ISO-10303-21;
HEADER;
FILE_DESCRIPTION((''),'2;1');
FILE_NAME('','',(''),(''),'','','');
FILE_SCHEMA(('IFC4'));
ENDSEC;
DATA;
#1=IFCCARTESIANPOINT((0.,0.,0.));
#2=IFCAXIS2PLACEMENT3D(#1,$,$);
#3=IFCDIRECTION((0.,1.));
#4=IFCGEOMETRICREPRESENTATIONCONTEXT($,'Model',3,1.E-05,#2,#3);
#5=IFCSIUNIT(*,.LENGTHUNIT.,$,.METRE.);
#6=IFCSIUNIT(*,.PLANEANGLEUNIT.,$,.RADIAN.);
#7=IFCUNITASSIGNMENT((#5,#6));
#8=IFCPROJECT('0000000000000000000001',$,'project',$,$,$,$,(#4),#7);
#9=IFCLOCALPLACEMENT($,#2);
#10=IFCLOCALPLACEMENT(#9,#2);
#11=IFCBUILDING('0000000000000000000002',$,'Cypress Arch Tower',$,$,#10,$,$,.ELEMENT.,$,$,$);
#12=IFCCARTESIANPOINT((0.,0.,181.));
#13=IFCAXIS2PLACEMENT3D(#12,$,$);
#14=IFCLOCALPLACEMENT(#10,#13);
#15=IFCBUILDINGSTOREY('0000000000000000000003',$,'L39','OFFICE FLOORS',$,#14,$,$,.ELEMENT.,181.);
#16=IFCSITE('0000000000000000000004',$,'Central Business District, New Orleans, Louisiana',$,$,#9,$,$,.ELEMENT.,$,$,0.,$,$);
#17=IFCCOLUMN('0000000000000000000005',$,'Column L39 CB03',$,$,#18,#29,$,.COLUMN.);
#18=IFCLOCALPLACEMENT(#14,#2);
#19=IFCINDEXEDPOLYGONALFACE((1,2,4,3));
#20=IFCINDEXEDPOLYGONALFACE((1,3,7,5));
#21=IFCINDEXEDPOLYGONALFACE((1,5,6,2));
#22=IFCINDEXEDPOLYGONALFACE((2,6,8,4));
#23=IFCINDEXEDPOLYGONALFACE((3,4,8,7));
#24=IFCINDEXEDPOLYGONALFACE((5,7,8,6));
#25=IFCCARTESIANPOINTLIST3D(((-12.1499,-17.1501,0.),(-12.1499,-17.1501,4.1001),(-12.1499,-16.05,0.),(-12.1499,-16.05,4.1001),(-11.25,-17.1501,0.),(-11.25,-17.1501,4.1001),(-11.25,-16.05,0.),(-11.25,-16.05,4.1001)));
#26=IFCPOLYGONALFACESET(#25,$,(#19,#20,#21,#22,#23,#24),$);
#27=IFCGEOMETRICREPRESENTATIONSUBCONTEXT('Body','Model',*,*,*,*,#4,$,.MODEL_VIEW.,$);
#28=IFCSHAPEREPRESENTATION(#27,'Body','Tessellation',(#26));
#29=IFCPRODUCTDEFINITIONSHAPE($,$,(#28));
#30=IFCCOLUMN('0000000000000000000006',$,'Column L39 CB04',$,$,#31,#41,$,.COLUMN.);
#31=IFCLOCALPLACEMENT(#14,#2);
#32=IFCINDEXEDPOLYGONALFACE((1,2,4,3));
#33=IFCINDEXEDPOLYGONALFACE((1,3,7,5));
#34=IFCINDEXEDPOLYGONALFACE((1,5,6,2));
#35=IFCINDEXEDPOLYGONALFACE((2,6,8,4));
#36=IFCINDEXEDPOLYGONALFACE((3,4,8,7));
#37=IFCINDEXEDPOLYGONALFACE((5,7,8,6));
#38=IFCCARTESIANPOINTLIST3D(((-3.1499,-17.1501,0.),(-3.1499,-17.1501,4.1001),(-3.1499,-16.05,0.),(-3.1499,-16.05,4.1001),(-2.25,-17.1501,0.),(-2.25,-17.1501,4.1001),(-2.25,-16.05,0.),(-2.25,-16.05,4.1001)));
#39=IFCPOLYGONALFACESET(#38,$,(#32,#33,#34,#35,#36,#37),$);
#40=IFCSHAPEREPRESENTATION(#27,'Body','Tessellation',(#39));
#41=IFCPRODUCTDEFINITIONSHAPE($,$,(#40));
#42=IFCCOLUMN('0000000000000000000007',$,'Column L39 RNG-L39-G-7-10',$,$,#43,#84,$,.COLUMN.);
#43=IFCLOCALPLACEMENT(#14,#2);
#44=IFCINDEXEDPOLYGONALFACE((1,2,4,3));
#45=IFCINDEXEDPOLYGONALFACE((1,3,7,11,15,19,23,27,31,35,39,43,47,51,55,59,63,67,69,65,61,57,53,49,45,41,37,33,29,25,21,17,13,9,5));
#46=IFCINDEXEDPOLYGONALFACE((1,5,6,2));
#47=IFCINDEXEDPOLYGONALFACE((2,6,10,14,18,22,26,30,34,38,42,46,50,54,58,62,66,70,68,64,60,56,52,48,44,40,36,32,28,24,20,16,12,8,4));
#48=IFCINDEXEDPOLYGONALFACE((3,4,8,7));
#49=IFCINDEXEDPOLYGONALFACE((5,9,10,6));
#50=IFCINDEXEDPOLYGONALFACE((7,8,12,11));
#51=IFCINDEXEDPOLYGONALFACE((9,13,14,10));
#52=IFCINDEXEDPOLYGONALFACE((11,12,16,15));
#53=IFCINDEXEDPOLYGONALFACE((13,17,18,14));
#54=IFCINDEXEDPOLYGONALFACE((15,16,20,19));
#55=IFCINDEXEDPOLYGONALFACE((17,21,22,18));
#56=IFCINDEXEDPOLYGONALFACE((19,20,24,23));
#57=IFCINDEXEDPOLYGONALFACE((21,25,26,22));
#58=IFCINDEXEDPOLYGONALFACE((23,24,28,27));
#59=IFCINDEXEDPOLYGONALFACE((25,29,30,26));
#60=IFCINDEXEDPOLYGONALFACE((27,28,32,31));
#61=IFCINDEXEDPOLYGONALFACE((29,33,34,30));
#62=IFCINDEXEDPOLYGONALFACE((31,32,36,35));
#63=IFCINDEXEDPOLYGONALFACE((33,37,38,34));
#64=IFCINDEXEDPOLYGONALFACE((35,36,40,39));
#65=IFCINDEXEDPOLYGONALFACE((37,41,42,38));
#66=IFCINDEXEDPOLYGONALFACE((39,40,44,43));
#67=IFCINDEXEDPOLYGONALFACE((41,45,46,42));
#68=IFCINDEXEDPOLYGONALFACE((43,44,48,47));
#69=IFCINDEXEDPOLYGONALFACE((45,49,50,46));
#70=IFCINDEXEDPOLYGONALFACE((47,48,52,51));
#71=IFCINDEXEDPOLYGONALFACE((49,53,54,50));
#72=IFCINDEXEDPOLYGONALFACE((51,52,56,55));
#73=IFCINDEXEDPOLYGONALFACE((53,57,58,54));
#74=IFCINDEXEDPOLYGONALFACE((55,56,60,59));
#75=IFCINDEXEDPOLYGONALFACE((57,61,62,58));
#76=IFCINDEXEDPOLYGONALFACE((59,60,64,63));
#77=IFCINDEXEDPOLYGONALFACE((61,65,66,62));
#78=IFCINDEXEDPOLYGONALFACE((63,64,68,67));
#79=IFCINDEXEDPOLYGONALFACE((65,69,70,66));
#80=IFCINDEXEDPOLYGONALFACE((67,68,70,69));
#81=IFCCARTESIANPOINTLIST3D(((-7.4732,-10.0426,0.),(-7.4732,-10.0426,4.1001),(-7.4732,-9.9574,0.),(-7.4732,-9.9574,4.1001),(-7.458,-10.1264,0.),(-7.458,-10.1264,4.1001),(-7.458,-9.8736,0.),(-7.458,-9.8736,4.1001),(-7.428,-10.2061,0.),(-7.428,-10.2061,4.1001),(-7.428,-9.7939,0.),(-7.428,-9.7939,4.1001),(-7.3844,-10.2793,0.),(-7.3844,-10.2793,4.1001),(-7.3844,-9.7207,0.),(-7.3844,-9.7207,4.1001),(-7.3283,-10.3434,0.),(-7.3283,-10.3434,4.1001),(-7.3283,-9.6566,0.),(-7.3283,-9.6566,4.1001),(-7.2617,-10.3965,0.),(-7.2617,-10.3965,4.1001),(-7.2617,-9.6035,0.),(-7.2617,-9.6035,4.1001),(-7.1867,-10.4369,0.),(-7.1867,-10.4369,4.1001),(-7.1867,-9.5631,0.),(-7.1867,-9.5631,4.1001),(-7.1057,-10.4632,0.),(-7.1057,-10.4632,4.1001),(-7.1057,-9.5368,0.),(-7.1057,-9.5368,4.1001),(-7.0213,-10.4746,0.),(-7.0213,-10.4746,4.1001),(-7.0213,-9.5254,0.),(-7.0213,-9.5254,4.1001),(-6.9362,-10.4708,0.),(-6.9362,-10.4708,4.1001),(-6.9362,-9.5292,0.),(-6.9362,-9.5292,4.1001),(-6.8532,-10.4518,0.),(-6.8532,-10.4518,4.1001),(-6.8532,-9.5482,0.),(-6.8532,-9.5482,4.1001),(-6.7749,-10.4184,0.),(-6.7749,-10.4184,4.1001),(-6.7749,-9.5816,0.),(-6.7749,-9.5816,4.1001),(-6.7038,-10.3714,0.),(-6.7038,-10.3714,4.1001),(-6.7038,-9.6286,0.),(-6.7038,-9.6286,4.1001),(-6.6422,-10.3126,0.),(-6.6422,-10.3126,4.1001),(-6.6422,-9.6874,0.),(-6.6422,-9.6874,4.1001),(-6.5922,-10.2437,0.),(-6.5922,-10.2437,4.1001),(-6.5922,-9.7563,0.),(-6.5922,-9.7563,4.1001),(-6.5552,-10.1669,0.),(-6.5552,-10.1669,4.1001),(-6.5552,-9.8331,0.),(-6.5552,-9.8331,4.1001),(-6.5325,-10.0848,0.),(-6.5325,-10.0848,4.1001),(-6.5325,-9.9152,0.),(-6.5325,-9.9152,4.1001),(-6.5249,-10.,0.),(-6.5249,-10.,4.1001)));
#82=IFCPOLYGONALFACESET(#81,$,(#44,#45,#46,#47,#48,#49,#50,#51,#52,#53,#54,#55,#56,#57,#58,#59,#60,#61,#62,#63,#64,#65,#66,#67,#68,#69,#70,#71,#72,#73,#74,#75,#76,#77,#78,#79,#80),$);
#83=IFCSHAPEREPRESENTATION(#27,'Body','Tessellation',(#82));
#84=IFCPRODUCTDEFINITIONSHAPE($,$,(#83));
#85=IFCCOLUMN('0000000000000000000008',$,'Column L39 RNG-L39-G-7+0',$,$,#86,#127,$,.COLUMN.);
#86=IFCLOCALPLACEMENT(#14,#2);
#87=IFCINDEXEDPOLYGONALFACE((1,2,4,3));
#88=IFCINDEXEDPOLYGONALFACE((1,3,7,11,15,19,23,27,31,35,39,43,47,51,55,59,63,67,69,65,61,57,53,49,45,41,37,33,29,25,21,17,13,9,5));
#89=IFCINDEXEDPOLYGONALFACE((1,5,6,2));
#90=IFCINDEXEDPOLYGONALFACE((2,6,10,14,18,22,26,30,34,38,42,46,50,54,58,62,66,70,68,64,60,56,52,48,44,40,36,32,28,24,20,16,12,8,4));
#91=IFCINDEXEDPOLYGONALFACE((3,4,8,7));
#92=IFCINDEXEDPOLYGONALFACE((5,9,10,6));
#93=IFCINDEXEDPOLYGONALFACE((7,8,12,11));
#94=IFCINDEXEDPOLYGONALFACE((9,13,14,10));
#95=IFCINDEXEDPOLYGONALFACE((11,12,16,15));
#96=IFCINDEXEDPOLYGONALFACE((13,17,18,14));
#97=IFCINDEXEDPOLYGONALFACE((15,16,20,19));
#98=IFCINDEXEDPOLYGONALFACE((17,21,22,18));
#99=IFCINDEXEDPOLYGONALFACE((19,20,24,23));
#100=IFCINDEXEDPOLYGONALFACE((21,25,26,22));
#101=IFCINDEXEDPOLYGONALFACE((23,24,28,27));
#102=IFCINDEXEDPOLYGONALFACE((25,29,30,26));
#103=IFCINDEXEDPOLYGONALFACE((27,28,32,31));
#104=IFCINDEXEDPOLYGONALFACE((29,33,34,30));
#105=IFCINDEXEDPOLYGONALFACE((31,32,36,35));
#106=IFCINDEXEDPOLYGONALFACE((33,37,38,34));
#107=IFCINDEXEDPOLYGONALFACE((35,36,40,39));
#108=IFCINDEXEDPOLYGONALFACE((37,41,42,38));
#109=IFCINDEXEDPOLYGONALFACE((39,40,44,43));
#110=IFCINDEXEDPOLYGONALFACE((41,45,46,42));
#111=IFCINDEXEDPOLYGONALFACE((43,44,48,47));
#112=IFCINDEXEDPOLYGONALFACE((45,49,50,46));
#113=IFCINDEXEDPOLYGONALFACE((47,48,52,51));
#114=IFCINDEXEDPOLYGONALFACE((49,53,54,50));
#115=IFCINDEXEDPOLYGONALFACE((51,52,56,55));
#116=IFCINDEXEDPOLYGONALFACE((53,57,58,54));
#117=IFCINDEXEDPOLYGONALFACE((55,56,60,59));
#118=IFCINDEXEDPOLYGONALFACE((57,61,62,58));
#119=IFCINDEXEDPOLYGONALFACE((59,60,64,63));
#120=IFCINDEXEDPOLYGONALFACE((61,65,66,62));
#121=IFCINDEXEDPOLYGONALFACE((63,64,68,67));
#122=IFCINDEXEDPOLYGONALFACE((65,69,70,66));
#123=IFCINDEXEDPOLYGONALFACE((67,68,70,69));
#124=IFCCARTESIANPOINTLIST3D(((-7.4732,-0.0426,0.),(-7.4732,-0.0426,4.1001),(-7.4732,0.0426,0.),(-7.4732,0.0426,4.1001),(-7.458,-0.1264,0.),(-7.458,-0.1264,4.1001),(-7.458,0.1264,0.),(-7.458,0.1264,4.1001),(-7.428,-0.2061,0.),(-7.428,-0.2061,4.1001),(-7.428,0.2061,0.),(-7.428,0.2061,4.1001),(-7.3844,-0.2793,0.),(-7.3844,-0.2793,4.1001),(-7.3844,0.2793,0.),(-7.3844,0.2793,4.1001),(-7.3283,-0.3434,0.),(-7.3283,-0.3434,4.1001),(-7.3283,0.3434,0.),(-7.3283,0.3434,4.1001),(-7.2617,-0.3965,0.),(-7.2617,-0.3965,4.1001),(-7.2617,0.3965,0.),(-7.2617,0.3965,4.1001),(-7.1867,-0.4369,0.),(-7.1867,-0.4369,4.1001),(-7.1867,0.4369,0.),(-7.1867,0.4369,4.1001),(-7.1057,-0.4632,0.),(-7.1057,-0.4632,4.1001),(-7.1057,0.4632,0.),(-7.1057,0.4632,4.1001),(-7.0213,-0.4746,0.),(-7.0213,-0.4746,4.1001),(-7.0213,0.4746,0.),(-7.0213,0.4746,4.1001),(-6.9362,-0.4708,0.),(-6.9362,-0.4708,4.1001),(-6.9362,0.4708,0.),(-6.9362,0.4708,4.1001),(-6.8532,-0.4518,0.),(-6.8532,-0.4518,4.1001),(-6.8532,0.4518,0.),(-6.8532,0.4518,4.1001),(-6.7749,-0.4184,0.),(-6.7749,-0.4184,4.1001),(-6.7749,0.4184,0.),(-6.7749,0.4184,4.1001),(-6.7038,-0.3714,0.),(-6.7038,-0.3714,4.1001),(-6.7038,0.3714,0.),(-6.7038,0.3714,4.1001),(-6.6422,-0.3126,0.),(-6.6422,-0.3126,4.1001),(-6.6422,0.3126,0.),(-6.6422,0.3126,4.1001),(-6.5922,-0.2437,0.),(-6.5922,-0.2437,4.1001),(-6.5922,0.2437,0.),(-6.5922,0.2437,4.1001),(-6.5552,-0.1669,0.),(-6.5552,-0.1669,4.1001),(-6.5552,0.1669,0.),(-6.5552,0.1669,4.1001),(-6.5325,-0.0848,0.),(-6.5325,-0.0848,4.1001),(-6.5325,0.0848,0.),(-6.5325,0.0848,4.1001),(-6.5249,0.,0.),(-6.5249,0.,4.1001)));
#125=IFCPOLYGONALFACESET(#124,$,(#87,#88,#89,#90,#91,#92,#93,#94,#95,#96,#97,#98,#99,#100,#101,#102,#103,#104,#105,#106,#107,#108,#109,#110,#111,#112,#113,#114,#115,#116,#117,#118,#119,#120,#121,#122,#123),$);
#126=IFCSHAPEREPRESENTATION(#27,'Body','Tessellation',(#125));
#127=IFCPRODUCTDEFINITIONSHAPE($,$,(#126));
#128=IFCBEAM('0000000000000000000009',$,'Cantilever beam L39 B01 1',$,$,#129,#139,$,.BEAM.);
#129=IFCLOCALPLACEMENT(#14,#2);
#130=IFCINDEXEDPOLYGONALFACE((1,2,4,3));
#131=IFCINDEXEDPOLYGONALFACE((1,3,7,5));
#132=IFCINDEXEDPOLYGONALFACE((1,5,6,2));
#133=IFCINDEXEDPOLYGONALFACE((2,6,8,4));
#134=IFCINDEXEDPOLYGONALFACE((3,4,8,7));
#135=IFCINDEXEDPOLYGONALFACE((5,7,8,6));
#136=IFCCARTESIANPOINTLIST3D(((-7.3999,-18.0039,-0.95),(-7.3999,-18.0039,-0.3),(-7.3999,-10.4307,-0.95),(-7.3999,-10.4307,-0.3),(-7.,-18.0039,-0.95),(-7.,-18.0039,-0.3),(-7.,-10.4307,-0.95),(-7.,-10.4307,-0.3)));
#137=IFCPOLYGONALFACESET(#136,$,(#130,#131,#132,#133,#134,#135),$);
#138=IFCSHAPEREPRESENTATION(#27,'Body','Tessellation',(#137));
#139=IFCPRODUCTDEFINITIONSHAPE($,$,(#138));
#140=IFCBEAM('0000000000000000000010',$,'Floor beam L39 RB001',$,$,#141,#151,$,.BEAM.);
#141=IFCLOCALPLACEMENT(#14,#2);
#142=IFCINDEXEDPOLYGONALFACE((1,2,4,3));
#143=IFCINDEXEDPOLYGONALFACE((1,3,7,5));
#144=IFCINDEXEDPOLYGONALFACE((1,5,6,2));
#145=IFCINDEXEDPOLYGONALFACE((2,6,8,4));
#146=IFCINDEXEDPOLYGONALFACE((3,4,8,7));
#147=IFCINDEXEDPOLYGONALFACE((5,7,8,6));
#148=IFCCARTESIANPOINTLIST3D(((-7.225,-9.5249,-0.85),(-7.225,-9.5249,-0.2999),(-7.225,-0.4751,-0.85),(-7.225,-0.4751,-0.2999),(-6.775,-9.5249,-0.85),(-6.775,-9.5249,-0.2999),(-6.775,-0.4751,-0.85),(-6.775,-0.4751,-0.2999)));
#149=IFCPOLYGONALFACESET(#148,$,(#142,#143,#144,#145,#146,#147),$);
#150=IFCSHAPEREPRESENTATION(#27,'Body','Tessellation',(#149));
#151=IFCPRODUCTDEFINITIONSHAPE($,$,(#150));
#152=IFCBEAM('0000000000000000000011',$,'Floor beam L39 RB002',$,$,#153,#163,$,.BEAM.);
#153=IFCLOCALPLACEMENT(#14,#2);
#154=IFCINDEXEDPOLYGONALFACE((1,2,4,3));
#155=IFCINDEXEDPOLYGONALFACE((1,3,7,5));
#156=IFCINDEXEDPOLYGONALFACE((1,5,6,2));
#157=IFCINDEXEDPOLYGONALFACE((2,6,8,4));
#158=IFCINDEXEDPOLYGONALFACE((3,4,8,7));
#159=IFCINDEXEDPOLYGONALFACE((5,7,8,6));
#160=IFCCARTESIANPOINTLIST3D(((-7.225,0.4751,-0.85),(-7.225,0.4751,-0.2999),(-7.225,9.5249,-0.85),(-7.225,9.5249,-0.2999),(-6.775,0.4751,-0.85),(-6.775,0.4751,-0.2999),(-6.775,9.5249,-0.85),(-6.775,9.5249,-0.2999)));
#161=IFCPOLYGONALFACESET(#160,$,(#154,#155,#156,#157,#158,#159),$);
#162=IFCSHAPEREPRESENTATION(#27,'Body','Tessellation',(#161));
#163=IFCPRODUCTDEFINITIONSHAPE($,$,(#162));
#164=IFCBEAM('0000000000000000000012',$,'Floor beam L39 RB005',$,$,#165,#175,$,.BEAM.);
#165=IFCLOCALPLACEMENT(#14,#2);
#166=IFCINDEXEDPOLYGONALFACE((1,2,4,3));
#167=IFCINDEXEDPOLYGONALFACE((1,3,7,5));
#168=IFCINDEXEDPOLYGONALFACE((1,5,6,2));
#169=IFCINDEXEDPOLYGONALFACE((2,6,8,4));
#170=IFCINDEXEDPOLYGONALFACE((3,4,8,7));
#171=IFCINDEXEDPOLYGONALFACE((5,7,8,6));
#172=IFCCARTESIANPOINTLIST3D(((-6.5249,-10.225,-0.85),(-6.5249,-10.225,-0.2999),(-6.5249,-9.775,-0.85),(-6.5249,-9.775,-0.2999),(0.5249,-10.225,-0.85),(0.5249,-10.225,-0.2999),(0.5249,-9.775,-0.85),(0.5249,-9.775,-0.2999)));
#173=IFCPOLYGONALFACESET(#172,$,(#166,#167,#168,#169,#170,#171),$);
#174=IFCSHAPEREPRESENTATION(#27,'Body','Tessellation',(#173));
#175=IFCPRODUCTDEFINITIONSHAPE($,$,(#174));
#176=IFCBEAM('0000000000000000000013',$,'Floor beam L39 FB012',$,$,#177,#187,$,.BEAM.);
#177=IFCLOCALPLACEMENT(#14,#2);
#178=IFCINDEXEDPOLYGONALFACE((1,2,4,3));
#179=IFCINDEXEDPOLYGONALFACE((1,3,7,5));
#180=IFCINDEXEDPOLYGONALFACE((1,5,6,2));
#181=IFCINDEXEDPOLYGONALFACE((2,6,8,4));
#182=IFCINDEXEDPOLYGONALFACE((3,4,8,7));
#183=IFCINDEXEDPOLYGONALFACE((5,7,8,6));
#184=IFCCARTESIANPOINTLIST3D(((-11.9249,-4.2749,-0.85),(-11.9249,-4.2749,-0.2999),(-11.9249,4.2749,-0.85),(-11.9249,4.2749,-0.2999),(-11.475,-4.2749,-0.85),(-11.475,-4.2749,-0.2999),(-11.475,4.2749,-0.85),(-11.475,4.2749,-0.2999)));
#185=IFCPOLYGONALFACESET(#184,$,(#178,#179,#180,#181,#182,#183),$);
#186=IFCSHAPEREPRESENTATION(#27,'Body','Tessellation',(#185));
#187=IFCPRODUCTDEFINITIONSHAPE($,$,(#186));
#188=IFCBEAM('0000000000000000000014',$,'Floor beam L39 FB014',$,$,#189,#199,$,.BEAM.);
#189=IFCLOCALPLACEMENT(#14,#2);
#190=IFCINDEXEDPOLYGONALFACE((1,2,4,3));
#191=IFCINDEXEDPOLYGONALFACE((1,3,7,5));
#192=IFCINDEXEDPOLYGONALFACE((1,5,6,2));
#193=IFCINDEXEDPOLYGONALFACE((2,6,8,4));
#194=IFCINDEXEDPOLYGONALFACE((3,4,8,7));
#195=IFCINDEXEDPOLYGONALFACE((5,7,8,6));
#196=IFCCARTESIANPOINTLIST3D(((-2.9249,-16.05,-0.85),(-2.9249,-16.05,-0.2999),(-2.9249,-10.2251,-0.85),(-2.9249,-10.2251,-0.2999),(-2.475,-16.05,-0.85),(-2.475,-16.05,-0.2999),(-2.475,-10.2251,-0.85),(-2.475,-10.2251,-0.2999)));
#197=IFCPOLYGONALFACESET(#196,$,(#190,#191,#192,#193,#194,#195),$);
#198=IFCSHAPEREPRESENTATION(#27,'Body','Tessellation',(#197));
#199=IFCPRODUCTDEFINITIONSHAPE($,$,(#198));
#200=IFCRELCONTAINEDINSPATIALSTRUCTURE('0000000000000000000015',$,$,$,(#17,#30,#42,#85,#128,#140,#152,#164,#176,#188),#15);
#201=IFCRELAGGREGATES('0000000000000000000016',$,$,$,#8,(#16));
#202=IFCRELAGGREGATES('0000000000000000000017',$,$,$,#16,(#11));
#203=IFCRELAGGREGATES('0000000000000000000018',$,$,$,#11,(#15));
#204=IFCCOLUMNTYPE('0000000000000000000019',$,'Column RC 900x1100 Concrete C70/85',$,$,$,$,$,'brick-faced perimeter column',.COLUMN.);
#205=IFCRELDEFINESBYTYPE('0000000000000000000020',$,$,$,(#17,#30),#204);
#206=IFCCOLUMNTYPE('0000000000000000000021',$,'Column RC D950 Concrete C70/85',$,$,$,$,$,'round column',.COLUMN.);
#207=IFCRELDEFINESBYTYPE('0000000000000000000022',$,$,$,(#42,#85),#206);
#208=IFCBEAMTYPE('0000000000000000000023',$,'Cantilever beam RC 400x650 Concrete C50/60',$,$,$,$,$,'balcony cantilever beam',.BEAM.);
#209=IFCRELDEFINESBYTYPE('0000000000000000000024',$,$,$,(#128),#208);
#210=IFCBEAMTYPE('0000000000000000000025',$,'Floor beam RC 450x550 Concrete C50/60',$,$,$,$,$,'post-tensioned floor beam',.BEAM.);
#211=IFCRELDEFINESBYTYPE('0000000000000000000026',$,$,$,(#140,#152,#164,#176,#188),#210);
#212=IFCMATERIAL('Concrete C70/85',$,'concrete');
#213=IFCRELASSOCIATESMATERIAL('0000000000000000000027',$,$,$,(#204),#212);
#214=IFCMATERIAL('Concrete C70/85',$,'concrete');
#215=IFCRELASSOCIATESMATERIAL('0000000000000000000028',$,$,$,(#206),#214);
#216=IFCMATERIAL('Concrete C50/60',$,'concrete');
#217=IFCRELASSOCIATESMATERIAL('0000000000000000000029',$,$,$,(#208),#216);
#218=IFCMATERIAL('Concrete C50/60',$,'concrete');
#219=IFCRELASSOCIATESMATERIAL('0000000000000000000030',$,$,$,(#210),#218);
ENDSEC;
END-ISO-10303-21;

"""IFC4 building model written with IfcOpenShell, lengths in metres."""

from ifc_helpers import new_model, si_unit, direction, frame, origin, origin_2d, place, context, subcontext, project, spatial, rectangle, circle, extrude, material, material_profile, profile_set, type_object, element, save


model = new_model("IFC4")

# Units and contexts
model_context = context("Model", 3, precision=1e-05, world=origin(), true_north=direction((0.0, 1.0)))
body_context = subcontext(model_context, "Body", "Model", "MODEL_VIEW")
ifc_project = project(units=[si_unit("LENGTHUNIT", "METRE"), si_unit("PLANEANGLEUNIT", "RADIAN")], contexts=[model_context])

# Site, building, storey
site_placement = place(None, origin())
site = spatial("IfcSite", under=ifc_project, at=site_placement, Name="Central Business District, New Orleans, Louisiana", CompositionType="ELEMENT", RefElevation=0.0)
building_placement = place(site_placement, origin())
building = spatial("IfcBuilding", under=site, at=building_placement, Name="Cypress Arch Tower", CompositionType="ELEMENT")
storey_placement = place(building_placement, frame((0.0, 0.0, 181.0)))
storey = spatial("IfcBuildingStorey", under=building, at=storey_placement, Name="L39", Description="OFFICE FLOORS", CompositionType="ELEMENT", Elevation=181.0)

# Columns
ifc_material_1 = material(Name="Concrete C70/85", Category="concrete")
ifc_material_profile_1 = material_profile(ifc_material_1, rectangle(XDim=0.8999, YDim=1.1001, at=origin_2d()), Name="RC 900x1100")
ifc_profile_set_1 = profile_set([ifc_material_profile_1], Name="Concrete C70/85")
column_type_1 = type_object("IfcColumnType", Name="Column RC 900x1100 Concrete C70/85", ElementType="brick-faced perimeter column", PredefinedType="COLUMN", material=ifc_profile_set_1)
for number, where, z_axis, x_axis, name in (
    (1, (-11.7, -16.6001, 0.0), (0.0, 0.0, 1.0), (1.0, 0.0, 0.0), "Column L39 CB03"),
    (2, (-2.7, -16.6001, 0.0), (0.0, 0.0, 1.0), (1.0, 0.0, 0.0), "Column L39 CB04"),
):
    element("IfcColumn", number, at=place(storey_placement, frame(where, z_axis=z_axis, x_axis=x_axis)), inside=storey, type_object=column_type_1, Name=name, PredefinedType="COLUMN", context=body_context, shape_type="SweptSolid", body=[
        extrude(rectangle(XDim=0.8999, YDim=1.1001, at=origin_2d()), origin(), (0.0, 0.0, 1.0), 4.1001),
    ])
ifc_material_2 = material(Name="Concrete C70/85", Category="concrete")
ifc_material_profile_2 = material_profile(ifc_material_2, circle(Radius=0.4751, at=origin_2d()), Name="RC D950")
ifc_profile_set_2 = profile_set([ifc_material_profile_2], Name="Concrete C70/85")
column_type_2 = type_object("IfcColumnType", Name="Column RC D950 Concrete C70/85", ElementType="round column", PredefinedType="COLUMN", material=ifc_profile_set_2)
for number, where, z_axis, x_axis, name in (
    (3, (-7.0, -10.0, 0.0), (0.0, 0.0, 1.0), (1.0, 0.0, 0.0), "Column L39 RNG-L39-G-7-10"),
    (4, (-7.0, 0.0, 0.0), (0.0, 0.0, 1.0), (1.0, 0.0, 0.0), "Column L39 RNG-L39-G-7+0"),
):
    element("IfcColumn", number, at=place(storey_placement, frame(where, z_axis=z_axis, x_axis=x_axis)), inside=storey, type_object=column_type_2, Name=name, PredefinedType="COLUMN", context=body_context, shape_type="SweptSolid", body=[
        extrude(circle(Radius=0.4751, at=origin_2d()), origin(), (0.0, 0.0, 1.0), 4.1001),
    ])

# Beams
ifc_material_3 = material(Name="Concrete C50/60", Category="concrete")
ifc_material_profile_3 = material_profile(ifc_material_3, rectangle(XDim=0.3999, YDim=0.6499, at=origin_2d()), Name="RC 400x650")
ifc_profile_set_3 = profile_set([ifc_material_profile_3], Name="Concrete C50/60")
beam_type_1 = type_object("IfcBeamType", Name="Cantilever beam RC 400x650 Concrete C50/60", ElementType="balcony cantilever beam", PredefinedType="BEAM", material=ifc_profile_set_3)
beam_1_placement = place(storey_placement, frame((-7.2, -10.4307, -0.625), z_axis=(0.0, -1.0, 0.0), x_axis=(1.0, 0.0, 0.0)))
element("IfcBeam", 5, at=beam_1_placement, inside=storey, type_object=beam_type_1, Name="Cantilever beam L39 B01 1", PredefinedType="BEAM", context=body_context, shape_type="SweptSolid", body=[
    extrude(rectangle(XDim=0.3999, YDim=0.6499, at=origin_2d()), origin(), (0.0, 0.0, 1.0), 7.5732),
])
ifc_material_4 = material(Name="Concrete C50/60", Category="concrete")
ifc_material_profile_4 = material_profile(ifc_material_4, rectangle(XDim=0.45, YDim=0.55, at=origin_2d()), Name="RC 450x550")
ifc_profile_set_4 = profile_set([ifc_material_profile_4], Name="Concrete C50/60")
beam_type_2 = type_object("IfcBeamType", Name="Floor beam RC 450x550 Concrete C50/60", ElementType="post-tensioned floor beam", PredefinedType="BEAM", material=ifc_profile_set_4)
for number, where, z_axis, x_axis, name in (
    (6, (-7.0, -9.5249, -0.575), (0.0, 1.0, 0.0), (-1.0, 0.0, 0.0), "Floor beam L39 RB001"),
    (7, (-7.0, 0.4751, -0.575), (0.0, 1.0, 0.0), (-1.0, 0.0, 0.0), "Floor beam L39 RB002"),
):
    element("IfcBeam", number, at=place(storey_placement, frame(where, z_axis=z_axis, x_axis=x_axis)), inside=storey, type_object=beam_type_2, Name=name, PredefinedType="BEAM", context=body_context, shape_type="SweptSolid", body=[
        extrude(rectangle(XDim=0.45, YDim=0.55, at=origin_2d()), origin(), (0.0, 0.0, 1.0), 9.0498),
    ])
beam_2_placement = place(storey_placement, frame((-6.5249, -10.0, -0.575), z_axis=(1.0, 0.0, 0.0), x_axis=(0.0, 1.0, 0.0)))
element("IfcBeam", 8, at=beam_2_placement, inside=storey, type_object=beam_type_2, Name="Floor beam L39 RB005", PredefinedType="BEAM", context=body_context, shape_type="SweptSolid", body=[
    extrude(rectangle(XDim=0.45, YDim=0.55, at=origin_2d()), origin(), (0.0, 0.0, 1.0), 7.0498),
])
beam_3_placement = place(storey_placement, frame((-11.7, -4.2749, -0.575), z_axis=(0.0, 1.0, 0.0), x_axis=(-1.0, 0.0, 0.0)))
element("IfcBeam", 9, at=beam_3_placement, inside=storey, type_object=beam_type_2, Name="Floor beam L39 FB012", PredefinedType="BEAM", context=body_context, shape_type="SweptSolid", body=[
    extrude(rectangle(XDim=0.45, YDim=0.55, at=origin_2d()), origin(), (0.0, 0.0, 1.0), 8.5498),
])
beam_4_placement = place(storey_placement, frame((-2.7, -16.05, -0.575), z_axis=(0.0, 1.0, 0.0), x_axis=(-1.0, 0.0, 0.0)))
element("IfcBeam", 10, at=beam_4_placement, inside=storey, type_object=beam_type_2, Name="Floor beam L39 FB014", PredefinedType="BEAM", context=body_context, shape_type="SweptSolid", body=[
    extrude(rectangle(XDim=0.45, YDim=0.55, at=origin_2d()), origin(), (0.0, 0.0, 1.0), 5.825),
])

save(model, "model.ifc")
